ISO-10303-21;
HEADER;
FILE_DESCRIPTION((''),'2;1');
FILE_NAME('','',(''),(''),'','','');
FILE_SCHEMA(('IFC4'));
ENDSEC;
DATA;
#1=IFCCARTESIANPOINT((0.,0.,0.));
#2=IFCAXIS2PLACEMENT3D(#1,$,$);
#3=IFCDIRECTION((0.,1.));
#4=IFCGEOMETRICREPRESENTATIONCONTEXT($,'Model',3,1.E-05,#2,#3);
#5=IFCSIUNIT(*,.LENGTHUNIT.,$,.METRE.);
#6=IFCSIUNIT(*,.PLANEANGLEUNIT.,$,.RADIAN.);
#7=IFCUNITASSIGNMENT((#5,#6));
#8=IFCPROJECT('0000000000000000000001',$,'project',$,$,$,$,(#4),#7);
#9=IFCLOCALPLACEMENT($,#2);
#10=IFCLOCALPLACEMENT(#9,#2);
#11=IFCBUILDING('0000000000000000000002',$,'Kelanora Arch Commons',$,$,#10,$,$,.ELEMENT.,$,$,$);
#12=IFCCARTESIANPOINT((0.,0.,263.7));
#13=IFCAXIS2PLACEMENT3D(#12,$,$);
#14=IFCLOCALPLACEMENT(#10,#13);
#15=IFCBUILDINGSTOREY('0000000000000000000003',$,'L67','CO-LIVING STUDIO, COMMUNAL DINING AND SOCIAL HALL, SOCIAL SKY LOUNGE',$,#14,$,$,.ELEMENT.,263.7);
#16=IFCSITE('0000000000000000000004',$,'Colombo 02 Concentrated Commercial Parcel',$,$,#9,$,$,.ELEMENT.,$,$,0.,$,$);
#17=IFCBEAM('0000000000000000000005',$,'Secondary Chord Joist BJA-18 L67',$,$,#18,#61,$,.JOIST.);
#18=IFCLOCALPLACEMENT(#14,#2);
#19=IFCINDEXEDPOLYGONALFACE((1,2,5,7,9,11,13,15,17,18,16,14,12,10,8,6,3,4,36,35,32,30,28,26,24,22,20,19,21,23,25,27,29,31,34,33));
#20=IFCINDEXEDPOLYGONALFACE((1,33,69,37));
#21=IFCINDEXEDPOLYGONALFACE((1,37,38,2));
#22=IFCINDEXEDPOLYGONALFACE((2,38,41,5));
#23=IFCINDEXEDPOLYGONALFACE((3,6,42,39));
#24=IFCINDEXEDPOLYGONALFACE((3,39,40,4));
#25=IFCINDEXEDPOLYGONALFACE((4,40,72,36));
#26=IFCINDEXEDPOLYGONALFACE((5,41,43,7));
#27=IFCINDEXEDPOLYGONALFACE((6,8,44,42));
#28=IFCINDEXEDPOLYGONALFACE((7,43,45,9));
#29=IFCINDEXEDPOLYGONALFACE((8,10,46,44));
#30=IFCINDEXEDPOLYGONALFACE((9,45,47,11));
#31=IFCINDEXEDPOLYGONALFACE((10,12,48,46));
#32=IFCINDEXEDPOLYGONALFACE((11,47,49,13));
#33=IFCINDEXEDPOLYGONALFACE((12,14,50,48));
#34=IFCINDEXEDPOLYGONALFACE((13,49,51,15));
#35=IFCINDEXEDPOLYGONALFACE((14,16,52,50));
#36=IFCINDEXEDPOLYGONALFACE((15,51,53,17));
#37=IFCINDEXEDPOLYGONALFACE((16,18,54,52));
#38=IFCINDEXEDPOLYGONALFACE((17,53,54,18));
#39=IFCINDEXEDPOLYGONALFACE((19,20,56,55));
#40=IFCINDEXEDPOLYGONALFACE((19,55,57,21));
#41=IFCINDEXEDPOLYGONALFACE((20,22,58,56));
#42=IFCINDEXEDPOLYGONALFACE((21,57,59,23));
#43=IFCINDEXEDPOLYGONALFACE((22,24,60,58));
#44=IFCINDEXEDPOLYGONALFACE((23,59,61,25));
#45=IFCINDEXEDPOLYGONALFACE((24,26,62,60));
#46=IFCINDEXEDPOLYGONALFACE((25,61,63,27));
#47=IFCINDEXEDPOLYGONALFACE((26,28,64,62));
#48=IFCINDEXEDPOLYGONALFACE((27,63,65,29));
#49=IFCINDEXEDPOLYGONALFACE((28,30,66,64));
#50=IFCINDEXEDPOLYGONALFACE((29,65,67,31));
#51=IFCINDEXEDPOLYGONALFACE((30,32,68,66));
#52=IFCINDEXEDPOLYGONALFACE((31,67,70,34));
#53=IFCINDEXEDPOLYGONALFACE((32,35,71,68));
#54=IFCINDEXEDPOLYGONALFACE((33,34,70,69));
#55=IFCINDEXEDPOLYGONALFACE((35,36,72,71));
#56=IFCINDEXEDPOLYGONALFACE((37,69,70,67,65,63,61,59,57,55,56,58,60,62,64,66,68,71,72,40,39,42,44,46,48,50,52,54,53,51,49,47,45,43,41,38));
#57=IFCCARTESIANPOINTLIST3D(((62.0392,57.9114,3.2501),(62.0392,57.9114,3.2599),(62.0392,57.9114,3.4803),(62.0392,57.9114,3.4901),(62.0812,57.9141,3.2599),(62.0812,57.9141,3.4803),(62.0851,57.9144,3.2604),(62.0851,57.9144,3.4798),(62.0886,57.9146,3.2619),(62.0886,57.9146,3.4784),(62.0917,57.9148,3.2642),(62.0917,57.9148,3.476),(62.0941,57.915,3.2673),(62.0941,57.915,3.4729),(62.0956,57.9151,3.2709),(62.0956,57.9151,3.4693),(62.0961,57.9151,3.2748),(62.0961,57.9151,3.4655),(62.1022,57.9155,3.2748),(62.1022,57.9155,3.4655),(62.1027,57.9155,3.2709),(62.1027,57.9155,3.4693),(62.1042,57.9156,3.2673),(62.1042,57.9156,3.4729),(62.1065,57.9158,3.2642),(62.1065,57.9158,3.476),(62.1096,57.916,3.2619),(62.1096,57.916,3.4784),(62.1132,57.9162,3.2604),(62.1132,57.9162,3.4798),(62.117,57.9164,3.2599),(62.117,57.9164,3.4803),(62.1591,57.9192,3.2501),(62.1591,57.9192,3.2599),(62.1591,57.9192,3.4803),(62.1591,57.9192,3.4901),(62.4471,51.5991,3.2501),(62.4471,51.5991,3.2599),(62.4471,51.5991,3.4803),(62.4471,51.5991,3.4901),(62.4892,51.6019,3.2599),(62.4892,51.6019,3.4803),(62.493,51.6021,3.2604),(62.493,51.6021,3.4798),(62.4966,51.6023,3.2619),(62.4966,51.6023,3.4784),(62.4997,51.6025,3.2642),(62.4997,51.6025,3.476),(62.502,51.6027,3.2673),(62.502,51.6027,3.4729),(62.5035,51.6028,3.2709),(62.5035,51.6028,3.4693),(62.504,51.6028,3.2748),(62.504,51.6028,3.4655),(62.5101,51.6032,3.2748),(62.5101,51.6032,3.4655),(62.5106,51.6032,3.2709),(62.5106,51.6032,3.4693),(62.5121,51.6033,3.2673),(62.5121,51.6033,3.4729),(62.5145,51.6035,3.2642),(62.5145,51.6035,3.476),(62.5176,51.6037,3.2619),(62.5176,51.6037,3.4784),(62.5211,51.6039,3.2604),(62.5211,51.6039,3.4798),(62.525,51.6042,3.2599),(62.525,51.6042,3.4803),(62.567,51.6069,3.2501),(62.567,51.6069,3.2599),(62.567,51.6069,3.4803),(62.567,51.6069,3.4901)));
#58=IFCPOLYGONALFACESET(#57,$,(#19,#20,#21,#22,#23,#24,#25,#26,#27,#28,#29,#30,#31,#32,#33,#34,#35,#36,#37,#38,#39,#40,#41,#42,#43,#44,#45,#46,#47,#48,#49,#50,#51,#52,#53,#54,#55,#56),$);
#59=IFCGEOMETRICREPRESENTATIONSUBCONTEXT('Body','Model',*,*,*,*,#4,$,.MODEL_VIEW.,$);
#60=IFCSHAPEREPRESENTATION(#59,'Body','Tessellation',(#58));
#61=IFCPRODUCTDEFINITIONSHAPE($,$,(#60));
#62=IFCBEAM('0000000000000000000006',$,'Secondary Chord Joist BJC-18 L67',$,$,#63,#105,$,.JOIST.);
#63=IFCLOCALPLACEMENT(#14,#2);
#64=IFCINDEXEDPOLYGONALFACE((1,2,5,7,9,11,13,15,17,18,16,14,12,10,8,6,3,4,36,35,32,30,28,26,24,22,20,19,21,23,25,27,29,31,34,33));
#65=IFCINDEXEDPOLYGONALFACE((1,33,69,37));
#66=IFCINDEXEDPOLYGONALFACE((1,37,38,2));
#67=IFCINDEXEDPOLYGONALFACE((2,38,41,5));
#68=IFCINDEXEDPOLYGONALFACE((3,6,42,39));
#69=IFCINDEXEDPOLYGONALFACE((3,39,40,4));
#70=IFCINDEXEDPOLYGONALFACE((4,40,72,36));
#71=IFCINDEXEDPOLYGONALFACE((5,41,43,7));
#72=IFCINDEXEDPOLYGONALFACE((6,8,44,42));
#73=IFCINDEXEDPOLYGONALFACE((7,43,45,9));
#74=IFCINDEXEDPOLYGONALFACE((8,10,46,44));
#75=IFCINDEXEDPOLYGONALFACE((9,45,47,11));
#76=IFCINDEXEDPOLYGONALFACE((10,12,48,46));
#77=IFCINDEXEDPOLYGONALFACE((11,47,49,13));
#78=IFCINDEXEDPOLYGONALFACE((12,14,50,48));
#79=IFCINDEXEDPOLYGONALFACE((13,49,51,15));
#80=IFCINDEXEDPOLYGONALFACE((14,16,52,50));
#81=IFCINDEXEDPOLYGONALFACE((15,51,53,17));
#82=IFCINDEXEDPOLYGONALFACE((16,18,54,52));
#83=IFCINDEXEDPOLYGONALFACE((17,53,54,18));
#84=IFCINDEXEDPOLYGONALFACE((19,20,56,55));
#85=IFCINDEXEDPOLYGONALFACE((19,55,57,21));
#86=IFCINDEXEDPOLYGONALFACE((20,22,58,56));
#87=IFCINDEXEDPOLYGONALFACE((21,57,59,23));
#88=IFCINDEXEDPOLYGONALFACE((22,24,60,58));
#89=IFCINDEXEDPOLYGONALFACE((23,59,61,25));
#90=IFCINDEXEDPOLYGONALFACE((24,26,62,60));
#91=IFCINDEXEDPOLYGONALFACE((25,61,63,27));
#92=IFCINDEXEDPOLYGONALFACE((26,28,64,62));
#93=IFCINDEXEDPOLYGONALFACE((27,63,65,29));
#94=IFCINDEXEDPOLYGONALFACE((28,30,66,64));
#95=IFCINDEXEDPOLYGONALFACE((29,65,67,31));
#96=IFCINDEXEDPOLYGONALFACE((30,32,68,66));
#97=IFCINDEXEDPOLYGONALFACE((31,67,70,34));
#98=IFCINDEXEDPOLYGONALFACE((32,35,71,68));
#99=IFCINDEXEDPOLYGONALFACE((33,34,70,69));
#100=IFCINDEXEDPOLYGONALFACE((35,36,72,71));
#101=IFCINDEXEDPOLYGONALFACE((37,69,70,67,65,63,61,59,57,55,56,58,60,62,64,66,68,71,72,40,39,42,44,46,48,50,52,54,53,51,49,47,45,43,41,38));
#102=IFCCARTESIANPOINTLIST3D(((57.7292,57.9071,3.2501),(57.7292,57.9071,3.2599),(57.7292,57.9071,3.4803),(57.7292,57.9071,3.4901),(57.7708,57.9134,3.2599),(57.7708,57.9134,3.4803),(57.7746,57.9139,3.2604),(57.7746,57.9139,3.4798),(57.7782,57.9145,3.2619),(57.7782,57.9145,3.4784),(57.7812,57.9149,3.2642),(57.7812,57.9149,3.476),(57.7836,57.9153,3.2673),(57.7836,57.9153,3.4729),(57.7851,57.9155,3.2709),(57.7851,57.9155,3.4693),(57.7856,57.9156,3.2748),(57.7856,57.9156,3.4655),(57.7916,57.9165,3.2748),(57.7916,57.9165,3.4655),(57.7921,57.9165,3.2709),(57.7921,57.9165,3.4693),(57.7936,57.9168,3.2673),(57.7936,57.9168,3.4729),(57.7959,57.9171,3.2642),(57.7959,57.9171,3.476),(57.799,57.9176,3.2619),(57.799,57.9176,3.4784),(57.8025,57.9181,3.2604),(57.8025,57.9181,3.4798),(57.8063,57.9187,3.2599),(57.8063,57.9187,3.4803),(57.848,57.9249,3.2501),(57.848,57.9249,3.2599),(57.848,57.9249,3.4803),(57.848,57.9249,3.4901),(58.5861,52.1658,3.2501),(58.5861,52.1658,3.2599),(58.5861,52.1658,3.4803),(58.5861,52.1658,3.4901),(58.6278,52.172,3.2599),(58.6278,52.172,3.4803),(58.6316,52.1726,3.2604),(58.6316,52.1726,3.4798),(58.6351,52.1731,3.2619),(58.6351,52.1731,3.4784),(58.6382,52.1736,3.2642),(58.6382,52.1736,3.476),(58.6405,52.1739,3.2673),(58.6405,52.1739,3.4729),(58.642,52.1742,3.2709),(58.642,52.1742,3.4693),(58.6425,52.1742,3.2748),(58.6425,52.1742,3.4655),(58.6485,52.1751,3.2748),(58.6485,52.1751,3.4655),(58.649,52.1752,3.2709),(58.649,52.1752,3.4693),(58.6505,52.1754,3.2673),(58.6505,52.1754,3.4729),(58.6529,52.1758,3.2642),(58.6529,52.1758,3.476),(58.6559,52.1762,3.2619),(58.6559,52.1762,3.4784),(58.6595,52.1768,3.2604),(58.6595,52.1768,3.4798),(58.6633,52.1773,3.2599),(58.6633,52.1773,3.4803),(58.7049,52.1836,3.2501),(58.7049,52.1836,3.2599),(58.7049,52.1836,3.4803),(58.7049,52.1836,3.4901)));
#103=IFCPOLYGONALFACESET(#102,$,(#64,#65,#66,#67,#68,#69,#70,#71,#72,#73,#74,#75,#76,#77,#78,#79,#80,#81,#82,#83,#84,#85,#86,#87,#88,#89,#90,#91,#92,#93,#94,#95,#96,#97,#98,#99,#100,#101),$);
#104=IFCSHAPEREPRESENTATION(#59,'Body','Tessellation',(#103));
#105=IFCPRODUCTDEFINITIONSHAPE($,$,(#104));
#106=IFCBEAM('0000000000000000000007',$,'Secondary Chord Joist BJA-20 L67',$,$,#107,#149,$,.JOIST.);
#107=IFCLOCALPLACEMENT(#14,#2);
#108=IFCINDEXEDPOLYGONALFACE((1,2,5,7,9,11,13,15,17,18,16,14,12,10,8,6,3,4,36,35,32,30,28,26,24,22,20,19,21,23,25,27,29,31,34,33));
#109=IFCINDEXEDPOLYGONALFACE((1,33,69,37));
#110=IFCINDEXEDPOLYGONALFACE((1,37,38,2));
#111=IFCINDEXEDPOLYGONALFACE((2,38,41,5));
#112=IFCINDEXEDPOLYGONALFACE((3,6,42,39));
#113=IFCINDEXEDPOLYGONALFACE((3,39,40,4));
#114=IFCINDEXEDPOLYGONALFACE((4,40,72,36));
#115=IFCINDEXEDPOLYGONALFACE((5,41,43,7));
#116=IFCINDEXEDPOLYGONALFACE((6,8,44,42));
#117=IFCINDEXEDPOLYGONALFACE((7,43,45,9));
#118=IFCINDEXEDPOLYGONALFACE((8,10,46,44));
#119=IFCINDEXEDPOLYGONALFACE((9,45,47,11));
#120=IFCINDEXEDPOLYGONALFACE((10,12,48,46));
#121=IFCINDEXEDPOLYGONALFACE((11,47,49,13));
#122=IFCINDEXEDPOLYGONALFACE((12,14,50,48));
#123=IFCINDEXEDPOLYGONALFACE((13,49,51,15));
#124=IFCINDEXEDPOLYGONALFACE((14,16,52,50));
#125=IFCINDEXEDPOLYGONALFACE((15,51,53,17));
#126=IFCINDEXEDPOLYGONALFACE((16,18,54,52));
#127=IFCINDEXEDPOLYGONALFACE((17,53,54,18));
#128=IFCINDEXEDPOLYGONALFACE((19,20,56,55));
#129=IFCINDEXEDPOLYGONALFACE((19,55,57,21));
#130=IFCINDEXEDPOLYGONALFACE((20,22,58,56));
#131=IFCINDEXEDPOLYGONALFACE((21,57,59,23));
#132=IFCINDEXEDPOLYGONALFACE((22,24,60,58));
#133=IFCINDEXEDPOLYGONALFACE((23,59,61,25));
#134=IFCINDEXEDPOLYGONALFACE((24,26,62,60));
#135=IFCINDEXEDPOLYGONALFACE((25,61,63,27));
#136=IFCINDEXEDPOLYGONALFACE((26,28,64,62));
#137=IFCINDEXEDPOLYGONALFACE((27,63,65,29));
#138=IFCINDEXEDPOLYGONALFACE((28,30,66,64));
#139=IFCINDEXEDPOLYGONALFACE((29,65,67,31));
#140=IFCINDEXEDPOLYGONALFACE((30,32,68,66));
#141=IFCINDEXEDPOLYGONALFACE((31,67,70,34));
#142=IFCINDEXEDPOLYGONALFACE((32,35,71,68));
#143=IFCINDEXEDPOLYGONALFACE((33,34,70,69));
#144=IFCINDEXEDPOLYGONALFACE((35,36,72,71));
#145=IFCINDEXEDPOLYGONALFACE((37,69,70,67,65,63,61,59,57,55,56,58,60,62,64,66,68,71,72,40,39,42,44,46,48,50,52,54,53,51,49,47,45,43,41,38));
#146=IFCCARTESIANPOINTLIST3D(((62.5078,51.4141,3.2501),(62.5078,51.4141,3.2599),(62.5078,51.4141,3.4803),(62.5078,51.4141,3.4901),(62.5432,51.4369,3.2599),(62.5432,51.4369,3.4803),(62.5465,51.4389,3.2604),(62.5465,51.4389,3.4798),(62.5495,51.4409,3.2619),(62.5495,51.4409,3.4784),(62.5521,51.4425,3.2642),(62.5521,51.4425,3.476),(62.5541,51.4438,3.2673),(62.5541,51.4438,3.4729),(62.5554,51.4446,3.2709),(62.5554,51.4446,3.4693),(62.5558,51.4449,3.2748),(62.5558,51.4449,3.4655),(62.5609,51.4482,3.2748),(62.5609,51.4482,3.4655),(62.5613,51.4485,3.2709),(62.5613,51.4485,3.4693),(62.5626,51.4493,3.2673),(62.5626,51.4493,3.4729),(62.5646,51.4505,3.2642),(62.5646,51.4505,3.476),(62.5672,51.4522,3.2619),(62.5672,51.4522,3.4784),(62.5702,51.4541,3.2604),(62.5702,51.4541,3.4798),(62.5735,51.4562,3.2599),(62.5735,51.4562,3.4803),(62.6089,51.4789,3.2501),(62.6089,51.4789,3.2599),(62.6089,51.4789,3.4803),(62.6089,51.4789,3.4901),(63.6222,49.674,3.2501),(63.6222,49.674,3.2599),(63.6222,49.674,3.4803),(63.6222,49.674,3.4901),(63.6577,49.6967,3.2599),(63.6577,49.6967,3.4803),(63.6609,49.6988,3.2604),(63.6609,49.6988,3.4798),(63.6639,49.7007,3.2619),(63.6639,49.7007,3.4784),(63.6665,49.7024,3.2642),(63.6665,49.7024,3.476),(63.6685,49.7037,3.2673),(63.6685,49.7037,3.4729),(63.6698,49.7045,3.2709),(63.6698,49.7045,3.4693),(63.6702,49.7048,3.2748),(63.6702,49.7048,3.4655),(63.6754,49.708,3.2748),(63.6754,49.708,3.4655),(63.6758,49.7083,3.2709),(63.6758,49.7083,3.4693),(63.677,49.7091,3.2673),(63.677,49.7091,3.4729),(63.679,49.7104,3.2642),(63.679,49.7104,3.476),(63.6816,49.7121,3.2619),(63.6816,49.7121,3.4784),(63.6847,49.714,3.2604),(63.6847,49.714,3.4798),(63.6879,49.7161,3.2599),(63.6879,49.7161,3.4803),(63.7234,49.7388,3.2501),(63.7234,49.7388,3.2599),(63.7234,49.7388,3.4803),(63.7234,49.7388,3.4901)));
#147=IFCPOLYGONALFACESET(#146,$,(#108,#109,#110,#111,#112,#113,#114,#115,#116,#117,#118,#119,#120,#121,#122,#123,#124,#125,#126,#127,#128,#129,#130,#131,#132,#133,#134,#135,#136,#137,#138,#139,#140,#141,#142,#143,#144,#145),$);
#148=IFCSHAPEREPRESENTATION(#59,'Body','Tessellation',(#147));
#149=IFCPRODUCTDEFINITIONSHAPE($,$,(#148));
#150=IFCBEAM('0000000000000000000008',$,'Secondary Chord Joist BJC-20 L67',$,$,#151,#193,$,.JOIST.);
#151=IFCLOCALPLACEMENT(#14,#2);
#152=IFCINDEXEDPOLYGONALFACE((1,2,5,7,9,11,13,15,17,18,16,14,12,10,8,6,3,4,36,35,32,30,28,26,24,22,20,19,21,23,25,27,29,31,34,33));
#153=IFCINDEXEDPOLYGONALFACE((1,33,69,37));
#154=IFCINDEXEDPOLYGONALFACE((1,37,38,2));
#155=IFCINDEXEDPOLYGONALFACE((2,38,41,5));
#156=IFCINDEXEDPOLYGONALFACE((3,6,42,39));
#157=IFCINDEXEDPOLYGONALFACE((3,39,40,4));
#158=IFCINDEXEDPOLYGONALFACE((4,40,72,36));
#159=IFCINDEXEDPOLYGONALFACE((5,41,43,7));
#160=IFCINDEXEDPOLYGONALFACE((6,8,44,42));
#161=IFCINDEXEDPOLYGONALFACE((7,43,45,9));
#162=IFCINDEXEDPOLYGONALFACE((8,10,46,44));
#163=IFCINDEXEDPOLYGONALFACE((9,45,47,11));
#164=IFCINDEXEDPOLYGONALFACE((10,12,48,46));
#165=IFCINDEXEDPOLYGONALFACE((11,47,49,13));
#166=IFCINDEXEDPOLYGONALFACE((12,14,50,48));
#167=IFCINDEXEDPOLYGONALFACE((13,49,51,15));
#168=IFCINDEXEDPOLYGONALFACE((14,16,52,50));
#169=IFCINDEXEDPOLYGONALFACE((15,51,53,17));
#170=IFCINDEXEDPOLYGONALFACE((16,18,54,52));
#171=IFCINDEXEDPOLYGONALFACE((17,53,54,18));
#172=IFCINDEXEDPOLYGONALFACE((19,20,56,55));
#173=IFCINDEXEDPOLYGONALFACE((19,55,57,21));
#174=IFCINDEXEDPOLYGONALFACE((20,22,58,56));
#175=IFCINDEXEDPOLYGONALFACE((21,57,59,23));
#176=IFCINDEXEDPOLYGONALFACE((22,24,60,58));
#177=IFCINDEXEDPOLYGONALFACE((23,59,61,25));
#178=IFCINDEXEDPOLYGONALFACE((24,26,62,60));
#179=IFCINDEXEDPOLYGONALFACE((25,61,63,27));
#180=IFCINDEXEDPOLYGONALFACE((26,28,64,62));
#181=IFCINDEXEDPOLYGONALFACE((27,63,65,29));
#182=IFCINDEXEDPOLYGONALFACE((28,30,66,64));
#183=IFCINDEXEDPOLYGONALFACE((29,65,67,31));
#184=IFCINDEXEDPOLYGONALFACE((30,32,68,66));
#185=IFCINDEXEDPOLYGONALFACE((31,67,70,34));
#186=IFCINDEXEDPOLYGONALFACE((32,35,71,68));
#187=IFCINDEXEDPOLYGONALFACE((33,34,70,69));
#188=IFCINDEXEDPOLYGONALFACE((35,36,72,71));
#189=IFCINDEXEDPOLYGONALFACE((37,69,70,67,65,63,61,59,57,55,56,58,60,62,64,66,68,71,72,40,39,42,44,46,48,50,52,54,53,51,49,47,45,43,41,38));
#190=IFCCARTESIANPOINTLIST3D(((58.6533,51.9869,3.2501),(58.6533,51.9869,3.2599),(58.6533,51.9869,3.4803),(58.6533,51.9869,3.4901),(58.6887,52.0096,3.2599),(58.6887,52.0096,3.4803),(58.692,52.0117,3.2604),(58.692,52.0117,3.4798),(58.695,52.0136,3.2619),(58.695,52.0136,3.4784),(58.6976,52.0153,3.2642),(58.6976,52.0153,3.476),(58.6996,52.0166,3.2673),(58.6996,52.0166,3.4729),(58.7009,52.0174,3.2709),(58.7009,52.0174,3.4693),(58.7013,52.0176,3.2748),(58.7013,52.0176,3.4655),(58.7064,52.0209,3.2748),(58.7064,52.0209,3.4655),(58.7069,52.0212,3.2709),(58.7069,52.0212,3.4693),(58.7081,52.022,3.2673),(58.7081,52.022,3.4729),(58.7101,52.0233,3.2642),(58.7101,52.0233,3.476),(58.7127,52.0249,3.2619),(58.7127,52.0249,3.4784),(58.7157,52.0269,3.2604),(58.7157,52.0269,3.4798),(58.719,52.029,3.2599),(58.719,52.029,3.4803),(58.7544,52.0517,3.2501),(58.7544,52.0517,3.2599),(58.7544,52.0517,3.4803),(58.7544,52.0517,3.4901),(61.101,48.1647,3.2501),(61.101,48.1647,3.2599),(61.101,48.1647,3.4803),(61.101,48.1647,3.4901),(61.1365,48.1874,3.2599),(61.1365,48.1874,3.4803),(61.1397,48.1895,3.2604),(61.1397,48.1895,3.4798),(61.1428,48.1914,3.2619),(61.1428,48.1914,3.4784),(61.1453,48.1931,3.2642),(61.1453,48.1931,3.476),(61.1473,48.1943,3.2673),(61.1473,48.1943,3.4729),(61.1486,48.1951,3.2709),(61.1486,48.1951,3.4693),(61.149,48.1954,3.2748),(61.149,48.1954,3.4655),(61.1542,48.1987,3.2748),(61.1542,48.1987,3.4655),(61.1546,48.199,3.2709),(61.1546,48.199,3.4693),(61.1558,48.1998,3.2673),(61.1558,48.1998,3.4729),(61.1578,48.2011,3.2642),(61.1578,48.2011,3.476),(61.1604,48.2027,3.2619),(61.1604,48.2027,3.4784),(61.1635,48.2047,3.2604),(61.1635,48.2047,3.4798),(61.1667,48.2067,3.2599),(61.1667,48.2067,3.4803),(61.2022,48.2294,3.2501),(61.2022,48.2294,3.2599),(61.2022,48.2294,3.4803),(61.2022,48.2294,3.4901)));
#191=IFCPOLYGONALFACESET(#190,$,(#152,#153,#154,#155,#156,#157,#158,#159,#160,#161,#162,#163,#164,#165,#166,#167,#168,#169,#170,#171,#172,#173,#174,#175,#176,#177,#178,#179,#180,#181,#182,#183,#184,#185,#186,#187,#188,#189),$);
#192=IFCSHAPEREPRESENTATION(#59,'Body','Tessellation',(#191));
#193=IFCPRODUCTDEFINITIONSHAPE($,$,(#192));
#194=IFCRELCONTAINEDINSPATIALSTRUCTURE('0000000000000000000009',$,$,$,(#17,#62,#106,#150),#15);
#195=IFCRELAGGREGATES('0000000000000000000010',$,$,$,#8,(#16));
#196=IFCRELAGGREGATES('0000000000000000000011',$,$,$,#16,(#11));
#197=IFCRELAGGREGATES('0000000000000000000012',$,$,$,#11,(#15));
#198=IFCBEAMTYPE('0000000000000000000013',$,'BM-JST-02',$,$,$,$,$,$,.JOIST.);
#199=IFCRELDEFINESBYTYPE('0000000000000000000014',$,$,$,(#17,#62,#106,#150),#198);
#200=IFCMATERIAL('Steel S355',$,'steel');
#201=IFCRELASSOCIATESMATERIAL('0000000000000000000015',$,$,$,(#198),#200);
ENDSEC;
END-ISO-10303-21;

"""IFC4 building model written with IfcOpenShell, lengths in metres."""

from ifc_helpers import new_model, si_unit, direction, frame, origin, origin_2d, place, context, subcontext, project, spatial, i_section, extrude, material, material_profile, profile_set, type_object, element, save


model = new_model("IFC4")

# Units and contexts
model_context = context("Model", 3, precision=1e-05, world=origin(), true_north=direction((0.0, 1.0)))
body_context = subcontext(model_context, "Body", "Model", "MODEL_VIEW")
ifc_project = project(units=[si_unit("LENGTHUNIT", "METRE"), si_unit("PLANEANGLEUNIT", "RADIAN")], contexts=[model_context])

# Site, building, storey
site_placement = place(None, origin())
site = spatial("IfcSite", under=ifc_project, at=site_placement, Name="Colombo 02 Concentrated Commercial Parcel", CompositionType="ELEMENT", RefElevation=0.0)
building_placement = place(site_placement, origin())
building = spatial("IfcBuilding", under=site, at=building_placement, Name="Kelanora Arch Commons", CompositionType="ELEMENT")
storey_placement = place(building_placement, frame((0.0, 0.0, 263.7)))
storey = spatial("IfcBuildingStorey", under=building, at=storey_placement, Name="L67", Description="CO-LIVING STUDIO, COMMUNAL DINING AND SOCIAL HALL, SOCIAL SKY LOUNGE", CompositionType="ELEMENT", Elevation=263.7)

# Beams
ifc_material_1 = material(Name="Steel S355", Category="steel")
ifc_material_profile_1 = material_profile(ifc_material_1, i_section(OverallWidth=0.1201, OverallDepth=0.24, WebThickness=0.0061, FlangeThickness=0.0098, FilletRadius=0.0149, at=origin_2d()), Name="IPE240")
ifc_profile_set_1 = profile_set([ifc_material_profile_1], Name="Steel S355")
beam_type_1 = type_object("IfcBeamType", Name="BM-JST-02", PredefinedType="JOIST", material=ifc_profile_set_1)
beam_1_placement = place(storey_placement, frame((62.0991, 57.9153, 3.3701), z_axis=(0.064495, -0.997918, 0.0), x_axis=(0.997918, 0.064495, 0.0)))
element("IfcBeam", 1, at=beam_1_placement, inside=storey, type_object=beam_type_1, Name="Secondary Chord Joist BJA-18 L67", PredefinedType="JOIST", context=body_context, shape_type="SweptSolid", body=[
    extrude(i_section(OverallWidth=0.1201, OverallDepth=0.24, WebThickness=0.0061, FlangeThickness=0.0098, FilletRadius=0.0149, at=origin_2d()), origin(), (0.0, 0.0, 1.0), 6.3254),
])
beam_2_placement = place(storey_placement, frame((57.7886, 57.916, 3.3701), z_axis=(0.147625, -0.989043, 0.0), x_axis=(0.989043, 0.147625, 0.0)))
element("IfcBeam", 2, at=beam_2_placement, inside=storey, type_object=beam_type_1, Name="Secondary Chord Joist BJC-18 L67", PredefinedType="JOIST", context=body_context, shape_type="SweptSolid", body=[
    extrude(i_section(OverallWidth=0.1201, OverallDepth=0.24, WebThickness=0.0061, FlangeThickness=0.0098, FilletRadius=0.0149, at=origin_2d()), origin(), (0.0, 0.0, 1.0), 5.8049),
])
beam_3_placement = place(storey_placement, frame((62.5583, 51.4465, 3.3701), z_axis=(0.539312, -0.842106, 0.0), x_axis=(0.842106, 0.539312, 0.0)))
element("IfcBeam", 3, at=beam_3_placement, inside=storey, type_object=beam_type_1, Name="Secondary Chord Joist BJA-20 L67", PredefinedType="JOIST", context=body_context, shape_type="SweptSolid", body=[
    extrude(i_section(OverallWidth=0.1201, OverallDepth=0.24, WebThickness=0.0061, FlangeThickness=0.0098, FilletRadius=0.0149, at=origin_2d()), origin(), (0.0, 0.0, 1.0), 2.0664),
])
beam_4_placement = place(storey_placement, frame((58.7039, 52.0193, 3.3701), z_axis=(0.539289, -0.842121, 0.0), x_axis=(0.842121, 0.539289, 0.0)))
element("IfcBeam", 4, at=beam_4_placement, inside=storey, type_object=beam_type_1, Name="Secondary Chord Joist BJC-20 L67", PredefinedType="JOIST", context=body_context, shape_type="SweptSolid", body=[
    extrude(i_section(OverallWidth=0.1201, OverallDepth=0.24, WebThickness=0.0061, FlangeThickness=0.0098, FilletRadius=0.0149, at=origin_2d()), origin(), (0.0, 0.0, 1.0), 4.5388),
])

save(model, "model.ifc")
